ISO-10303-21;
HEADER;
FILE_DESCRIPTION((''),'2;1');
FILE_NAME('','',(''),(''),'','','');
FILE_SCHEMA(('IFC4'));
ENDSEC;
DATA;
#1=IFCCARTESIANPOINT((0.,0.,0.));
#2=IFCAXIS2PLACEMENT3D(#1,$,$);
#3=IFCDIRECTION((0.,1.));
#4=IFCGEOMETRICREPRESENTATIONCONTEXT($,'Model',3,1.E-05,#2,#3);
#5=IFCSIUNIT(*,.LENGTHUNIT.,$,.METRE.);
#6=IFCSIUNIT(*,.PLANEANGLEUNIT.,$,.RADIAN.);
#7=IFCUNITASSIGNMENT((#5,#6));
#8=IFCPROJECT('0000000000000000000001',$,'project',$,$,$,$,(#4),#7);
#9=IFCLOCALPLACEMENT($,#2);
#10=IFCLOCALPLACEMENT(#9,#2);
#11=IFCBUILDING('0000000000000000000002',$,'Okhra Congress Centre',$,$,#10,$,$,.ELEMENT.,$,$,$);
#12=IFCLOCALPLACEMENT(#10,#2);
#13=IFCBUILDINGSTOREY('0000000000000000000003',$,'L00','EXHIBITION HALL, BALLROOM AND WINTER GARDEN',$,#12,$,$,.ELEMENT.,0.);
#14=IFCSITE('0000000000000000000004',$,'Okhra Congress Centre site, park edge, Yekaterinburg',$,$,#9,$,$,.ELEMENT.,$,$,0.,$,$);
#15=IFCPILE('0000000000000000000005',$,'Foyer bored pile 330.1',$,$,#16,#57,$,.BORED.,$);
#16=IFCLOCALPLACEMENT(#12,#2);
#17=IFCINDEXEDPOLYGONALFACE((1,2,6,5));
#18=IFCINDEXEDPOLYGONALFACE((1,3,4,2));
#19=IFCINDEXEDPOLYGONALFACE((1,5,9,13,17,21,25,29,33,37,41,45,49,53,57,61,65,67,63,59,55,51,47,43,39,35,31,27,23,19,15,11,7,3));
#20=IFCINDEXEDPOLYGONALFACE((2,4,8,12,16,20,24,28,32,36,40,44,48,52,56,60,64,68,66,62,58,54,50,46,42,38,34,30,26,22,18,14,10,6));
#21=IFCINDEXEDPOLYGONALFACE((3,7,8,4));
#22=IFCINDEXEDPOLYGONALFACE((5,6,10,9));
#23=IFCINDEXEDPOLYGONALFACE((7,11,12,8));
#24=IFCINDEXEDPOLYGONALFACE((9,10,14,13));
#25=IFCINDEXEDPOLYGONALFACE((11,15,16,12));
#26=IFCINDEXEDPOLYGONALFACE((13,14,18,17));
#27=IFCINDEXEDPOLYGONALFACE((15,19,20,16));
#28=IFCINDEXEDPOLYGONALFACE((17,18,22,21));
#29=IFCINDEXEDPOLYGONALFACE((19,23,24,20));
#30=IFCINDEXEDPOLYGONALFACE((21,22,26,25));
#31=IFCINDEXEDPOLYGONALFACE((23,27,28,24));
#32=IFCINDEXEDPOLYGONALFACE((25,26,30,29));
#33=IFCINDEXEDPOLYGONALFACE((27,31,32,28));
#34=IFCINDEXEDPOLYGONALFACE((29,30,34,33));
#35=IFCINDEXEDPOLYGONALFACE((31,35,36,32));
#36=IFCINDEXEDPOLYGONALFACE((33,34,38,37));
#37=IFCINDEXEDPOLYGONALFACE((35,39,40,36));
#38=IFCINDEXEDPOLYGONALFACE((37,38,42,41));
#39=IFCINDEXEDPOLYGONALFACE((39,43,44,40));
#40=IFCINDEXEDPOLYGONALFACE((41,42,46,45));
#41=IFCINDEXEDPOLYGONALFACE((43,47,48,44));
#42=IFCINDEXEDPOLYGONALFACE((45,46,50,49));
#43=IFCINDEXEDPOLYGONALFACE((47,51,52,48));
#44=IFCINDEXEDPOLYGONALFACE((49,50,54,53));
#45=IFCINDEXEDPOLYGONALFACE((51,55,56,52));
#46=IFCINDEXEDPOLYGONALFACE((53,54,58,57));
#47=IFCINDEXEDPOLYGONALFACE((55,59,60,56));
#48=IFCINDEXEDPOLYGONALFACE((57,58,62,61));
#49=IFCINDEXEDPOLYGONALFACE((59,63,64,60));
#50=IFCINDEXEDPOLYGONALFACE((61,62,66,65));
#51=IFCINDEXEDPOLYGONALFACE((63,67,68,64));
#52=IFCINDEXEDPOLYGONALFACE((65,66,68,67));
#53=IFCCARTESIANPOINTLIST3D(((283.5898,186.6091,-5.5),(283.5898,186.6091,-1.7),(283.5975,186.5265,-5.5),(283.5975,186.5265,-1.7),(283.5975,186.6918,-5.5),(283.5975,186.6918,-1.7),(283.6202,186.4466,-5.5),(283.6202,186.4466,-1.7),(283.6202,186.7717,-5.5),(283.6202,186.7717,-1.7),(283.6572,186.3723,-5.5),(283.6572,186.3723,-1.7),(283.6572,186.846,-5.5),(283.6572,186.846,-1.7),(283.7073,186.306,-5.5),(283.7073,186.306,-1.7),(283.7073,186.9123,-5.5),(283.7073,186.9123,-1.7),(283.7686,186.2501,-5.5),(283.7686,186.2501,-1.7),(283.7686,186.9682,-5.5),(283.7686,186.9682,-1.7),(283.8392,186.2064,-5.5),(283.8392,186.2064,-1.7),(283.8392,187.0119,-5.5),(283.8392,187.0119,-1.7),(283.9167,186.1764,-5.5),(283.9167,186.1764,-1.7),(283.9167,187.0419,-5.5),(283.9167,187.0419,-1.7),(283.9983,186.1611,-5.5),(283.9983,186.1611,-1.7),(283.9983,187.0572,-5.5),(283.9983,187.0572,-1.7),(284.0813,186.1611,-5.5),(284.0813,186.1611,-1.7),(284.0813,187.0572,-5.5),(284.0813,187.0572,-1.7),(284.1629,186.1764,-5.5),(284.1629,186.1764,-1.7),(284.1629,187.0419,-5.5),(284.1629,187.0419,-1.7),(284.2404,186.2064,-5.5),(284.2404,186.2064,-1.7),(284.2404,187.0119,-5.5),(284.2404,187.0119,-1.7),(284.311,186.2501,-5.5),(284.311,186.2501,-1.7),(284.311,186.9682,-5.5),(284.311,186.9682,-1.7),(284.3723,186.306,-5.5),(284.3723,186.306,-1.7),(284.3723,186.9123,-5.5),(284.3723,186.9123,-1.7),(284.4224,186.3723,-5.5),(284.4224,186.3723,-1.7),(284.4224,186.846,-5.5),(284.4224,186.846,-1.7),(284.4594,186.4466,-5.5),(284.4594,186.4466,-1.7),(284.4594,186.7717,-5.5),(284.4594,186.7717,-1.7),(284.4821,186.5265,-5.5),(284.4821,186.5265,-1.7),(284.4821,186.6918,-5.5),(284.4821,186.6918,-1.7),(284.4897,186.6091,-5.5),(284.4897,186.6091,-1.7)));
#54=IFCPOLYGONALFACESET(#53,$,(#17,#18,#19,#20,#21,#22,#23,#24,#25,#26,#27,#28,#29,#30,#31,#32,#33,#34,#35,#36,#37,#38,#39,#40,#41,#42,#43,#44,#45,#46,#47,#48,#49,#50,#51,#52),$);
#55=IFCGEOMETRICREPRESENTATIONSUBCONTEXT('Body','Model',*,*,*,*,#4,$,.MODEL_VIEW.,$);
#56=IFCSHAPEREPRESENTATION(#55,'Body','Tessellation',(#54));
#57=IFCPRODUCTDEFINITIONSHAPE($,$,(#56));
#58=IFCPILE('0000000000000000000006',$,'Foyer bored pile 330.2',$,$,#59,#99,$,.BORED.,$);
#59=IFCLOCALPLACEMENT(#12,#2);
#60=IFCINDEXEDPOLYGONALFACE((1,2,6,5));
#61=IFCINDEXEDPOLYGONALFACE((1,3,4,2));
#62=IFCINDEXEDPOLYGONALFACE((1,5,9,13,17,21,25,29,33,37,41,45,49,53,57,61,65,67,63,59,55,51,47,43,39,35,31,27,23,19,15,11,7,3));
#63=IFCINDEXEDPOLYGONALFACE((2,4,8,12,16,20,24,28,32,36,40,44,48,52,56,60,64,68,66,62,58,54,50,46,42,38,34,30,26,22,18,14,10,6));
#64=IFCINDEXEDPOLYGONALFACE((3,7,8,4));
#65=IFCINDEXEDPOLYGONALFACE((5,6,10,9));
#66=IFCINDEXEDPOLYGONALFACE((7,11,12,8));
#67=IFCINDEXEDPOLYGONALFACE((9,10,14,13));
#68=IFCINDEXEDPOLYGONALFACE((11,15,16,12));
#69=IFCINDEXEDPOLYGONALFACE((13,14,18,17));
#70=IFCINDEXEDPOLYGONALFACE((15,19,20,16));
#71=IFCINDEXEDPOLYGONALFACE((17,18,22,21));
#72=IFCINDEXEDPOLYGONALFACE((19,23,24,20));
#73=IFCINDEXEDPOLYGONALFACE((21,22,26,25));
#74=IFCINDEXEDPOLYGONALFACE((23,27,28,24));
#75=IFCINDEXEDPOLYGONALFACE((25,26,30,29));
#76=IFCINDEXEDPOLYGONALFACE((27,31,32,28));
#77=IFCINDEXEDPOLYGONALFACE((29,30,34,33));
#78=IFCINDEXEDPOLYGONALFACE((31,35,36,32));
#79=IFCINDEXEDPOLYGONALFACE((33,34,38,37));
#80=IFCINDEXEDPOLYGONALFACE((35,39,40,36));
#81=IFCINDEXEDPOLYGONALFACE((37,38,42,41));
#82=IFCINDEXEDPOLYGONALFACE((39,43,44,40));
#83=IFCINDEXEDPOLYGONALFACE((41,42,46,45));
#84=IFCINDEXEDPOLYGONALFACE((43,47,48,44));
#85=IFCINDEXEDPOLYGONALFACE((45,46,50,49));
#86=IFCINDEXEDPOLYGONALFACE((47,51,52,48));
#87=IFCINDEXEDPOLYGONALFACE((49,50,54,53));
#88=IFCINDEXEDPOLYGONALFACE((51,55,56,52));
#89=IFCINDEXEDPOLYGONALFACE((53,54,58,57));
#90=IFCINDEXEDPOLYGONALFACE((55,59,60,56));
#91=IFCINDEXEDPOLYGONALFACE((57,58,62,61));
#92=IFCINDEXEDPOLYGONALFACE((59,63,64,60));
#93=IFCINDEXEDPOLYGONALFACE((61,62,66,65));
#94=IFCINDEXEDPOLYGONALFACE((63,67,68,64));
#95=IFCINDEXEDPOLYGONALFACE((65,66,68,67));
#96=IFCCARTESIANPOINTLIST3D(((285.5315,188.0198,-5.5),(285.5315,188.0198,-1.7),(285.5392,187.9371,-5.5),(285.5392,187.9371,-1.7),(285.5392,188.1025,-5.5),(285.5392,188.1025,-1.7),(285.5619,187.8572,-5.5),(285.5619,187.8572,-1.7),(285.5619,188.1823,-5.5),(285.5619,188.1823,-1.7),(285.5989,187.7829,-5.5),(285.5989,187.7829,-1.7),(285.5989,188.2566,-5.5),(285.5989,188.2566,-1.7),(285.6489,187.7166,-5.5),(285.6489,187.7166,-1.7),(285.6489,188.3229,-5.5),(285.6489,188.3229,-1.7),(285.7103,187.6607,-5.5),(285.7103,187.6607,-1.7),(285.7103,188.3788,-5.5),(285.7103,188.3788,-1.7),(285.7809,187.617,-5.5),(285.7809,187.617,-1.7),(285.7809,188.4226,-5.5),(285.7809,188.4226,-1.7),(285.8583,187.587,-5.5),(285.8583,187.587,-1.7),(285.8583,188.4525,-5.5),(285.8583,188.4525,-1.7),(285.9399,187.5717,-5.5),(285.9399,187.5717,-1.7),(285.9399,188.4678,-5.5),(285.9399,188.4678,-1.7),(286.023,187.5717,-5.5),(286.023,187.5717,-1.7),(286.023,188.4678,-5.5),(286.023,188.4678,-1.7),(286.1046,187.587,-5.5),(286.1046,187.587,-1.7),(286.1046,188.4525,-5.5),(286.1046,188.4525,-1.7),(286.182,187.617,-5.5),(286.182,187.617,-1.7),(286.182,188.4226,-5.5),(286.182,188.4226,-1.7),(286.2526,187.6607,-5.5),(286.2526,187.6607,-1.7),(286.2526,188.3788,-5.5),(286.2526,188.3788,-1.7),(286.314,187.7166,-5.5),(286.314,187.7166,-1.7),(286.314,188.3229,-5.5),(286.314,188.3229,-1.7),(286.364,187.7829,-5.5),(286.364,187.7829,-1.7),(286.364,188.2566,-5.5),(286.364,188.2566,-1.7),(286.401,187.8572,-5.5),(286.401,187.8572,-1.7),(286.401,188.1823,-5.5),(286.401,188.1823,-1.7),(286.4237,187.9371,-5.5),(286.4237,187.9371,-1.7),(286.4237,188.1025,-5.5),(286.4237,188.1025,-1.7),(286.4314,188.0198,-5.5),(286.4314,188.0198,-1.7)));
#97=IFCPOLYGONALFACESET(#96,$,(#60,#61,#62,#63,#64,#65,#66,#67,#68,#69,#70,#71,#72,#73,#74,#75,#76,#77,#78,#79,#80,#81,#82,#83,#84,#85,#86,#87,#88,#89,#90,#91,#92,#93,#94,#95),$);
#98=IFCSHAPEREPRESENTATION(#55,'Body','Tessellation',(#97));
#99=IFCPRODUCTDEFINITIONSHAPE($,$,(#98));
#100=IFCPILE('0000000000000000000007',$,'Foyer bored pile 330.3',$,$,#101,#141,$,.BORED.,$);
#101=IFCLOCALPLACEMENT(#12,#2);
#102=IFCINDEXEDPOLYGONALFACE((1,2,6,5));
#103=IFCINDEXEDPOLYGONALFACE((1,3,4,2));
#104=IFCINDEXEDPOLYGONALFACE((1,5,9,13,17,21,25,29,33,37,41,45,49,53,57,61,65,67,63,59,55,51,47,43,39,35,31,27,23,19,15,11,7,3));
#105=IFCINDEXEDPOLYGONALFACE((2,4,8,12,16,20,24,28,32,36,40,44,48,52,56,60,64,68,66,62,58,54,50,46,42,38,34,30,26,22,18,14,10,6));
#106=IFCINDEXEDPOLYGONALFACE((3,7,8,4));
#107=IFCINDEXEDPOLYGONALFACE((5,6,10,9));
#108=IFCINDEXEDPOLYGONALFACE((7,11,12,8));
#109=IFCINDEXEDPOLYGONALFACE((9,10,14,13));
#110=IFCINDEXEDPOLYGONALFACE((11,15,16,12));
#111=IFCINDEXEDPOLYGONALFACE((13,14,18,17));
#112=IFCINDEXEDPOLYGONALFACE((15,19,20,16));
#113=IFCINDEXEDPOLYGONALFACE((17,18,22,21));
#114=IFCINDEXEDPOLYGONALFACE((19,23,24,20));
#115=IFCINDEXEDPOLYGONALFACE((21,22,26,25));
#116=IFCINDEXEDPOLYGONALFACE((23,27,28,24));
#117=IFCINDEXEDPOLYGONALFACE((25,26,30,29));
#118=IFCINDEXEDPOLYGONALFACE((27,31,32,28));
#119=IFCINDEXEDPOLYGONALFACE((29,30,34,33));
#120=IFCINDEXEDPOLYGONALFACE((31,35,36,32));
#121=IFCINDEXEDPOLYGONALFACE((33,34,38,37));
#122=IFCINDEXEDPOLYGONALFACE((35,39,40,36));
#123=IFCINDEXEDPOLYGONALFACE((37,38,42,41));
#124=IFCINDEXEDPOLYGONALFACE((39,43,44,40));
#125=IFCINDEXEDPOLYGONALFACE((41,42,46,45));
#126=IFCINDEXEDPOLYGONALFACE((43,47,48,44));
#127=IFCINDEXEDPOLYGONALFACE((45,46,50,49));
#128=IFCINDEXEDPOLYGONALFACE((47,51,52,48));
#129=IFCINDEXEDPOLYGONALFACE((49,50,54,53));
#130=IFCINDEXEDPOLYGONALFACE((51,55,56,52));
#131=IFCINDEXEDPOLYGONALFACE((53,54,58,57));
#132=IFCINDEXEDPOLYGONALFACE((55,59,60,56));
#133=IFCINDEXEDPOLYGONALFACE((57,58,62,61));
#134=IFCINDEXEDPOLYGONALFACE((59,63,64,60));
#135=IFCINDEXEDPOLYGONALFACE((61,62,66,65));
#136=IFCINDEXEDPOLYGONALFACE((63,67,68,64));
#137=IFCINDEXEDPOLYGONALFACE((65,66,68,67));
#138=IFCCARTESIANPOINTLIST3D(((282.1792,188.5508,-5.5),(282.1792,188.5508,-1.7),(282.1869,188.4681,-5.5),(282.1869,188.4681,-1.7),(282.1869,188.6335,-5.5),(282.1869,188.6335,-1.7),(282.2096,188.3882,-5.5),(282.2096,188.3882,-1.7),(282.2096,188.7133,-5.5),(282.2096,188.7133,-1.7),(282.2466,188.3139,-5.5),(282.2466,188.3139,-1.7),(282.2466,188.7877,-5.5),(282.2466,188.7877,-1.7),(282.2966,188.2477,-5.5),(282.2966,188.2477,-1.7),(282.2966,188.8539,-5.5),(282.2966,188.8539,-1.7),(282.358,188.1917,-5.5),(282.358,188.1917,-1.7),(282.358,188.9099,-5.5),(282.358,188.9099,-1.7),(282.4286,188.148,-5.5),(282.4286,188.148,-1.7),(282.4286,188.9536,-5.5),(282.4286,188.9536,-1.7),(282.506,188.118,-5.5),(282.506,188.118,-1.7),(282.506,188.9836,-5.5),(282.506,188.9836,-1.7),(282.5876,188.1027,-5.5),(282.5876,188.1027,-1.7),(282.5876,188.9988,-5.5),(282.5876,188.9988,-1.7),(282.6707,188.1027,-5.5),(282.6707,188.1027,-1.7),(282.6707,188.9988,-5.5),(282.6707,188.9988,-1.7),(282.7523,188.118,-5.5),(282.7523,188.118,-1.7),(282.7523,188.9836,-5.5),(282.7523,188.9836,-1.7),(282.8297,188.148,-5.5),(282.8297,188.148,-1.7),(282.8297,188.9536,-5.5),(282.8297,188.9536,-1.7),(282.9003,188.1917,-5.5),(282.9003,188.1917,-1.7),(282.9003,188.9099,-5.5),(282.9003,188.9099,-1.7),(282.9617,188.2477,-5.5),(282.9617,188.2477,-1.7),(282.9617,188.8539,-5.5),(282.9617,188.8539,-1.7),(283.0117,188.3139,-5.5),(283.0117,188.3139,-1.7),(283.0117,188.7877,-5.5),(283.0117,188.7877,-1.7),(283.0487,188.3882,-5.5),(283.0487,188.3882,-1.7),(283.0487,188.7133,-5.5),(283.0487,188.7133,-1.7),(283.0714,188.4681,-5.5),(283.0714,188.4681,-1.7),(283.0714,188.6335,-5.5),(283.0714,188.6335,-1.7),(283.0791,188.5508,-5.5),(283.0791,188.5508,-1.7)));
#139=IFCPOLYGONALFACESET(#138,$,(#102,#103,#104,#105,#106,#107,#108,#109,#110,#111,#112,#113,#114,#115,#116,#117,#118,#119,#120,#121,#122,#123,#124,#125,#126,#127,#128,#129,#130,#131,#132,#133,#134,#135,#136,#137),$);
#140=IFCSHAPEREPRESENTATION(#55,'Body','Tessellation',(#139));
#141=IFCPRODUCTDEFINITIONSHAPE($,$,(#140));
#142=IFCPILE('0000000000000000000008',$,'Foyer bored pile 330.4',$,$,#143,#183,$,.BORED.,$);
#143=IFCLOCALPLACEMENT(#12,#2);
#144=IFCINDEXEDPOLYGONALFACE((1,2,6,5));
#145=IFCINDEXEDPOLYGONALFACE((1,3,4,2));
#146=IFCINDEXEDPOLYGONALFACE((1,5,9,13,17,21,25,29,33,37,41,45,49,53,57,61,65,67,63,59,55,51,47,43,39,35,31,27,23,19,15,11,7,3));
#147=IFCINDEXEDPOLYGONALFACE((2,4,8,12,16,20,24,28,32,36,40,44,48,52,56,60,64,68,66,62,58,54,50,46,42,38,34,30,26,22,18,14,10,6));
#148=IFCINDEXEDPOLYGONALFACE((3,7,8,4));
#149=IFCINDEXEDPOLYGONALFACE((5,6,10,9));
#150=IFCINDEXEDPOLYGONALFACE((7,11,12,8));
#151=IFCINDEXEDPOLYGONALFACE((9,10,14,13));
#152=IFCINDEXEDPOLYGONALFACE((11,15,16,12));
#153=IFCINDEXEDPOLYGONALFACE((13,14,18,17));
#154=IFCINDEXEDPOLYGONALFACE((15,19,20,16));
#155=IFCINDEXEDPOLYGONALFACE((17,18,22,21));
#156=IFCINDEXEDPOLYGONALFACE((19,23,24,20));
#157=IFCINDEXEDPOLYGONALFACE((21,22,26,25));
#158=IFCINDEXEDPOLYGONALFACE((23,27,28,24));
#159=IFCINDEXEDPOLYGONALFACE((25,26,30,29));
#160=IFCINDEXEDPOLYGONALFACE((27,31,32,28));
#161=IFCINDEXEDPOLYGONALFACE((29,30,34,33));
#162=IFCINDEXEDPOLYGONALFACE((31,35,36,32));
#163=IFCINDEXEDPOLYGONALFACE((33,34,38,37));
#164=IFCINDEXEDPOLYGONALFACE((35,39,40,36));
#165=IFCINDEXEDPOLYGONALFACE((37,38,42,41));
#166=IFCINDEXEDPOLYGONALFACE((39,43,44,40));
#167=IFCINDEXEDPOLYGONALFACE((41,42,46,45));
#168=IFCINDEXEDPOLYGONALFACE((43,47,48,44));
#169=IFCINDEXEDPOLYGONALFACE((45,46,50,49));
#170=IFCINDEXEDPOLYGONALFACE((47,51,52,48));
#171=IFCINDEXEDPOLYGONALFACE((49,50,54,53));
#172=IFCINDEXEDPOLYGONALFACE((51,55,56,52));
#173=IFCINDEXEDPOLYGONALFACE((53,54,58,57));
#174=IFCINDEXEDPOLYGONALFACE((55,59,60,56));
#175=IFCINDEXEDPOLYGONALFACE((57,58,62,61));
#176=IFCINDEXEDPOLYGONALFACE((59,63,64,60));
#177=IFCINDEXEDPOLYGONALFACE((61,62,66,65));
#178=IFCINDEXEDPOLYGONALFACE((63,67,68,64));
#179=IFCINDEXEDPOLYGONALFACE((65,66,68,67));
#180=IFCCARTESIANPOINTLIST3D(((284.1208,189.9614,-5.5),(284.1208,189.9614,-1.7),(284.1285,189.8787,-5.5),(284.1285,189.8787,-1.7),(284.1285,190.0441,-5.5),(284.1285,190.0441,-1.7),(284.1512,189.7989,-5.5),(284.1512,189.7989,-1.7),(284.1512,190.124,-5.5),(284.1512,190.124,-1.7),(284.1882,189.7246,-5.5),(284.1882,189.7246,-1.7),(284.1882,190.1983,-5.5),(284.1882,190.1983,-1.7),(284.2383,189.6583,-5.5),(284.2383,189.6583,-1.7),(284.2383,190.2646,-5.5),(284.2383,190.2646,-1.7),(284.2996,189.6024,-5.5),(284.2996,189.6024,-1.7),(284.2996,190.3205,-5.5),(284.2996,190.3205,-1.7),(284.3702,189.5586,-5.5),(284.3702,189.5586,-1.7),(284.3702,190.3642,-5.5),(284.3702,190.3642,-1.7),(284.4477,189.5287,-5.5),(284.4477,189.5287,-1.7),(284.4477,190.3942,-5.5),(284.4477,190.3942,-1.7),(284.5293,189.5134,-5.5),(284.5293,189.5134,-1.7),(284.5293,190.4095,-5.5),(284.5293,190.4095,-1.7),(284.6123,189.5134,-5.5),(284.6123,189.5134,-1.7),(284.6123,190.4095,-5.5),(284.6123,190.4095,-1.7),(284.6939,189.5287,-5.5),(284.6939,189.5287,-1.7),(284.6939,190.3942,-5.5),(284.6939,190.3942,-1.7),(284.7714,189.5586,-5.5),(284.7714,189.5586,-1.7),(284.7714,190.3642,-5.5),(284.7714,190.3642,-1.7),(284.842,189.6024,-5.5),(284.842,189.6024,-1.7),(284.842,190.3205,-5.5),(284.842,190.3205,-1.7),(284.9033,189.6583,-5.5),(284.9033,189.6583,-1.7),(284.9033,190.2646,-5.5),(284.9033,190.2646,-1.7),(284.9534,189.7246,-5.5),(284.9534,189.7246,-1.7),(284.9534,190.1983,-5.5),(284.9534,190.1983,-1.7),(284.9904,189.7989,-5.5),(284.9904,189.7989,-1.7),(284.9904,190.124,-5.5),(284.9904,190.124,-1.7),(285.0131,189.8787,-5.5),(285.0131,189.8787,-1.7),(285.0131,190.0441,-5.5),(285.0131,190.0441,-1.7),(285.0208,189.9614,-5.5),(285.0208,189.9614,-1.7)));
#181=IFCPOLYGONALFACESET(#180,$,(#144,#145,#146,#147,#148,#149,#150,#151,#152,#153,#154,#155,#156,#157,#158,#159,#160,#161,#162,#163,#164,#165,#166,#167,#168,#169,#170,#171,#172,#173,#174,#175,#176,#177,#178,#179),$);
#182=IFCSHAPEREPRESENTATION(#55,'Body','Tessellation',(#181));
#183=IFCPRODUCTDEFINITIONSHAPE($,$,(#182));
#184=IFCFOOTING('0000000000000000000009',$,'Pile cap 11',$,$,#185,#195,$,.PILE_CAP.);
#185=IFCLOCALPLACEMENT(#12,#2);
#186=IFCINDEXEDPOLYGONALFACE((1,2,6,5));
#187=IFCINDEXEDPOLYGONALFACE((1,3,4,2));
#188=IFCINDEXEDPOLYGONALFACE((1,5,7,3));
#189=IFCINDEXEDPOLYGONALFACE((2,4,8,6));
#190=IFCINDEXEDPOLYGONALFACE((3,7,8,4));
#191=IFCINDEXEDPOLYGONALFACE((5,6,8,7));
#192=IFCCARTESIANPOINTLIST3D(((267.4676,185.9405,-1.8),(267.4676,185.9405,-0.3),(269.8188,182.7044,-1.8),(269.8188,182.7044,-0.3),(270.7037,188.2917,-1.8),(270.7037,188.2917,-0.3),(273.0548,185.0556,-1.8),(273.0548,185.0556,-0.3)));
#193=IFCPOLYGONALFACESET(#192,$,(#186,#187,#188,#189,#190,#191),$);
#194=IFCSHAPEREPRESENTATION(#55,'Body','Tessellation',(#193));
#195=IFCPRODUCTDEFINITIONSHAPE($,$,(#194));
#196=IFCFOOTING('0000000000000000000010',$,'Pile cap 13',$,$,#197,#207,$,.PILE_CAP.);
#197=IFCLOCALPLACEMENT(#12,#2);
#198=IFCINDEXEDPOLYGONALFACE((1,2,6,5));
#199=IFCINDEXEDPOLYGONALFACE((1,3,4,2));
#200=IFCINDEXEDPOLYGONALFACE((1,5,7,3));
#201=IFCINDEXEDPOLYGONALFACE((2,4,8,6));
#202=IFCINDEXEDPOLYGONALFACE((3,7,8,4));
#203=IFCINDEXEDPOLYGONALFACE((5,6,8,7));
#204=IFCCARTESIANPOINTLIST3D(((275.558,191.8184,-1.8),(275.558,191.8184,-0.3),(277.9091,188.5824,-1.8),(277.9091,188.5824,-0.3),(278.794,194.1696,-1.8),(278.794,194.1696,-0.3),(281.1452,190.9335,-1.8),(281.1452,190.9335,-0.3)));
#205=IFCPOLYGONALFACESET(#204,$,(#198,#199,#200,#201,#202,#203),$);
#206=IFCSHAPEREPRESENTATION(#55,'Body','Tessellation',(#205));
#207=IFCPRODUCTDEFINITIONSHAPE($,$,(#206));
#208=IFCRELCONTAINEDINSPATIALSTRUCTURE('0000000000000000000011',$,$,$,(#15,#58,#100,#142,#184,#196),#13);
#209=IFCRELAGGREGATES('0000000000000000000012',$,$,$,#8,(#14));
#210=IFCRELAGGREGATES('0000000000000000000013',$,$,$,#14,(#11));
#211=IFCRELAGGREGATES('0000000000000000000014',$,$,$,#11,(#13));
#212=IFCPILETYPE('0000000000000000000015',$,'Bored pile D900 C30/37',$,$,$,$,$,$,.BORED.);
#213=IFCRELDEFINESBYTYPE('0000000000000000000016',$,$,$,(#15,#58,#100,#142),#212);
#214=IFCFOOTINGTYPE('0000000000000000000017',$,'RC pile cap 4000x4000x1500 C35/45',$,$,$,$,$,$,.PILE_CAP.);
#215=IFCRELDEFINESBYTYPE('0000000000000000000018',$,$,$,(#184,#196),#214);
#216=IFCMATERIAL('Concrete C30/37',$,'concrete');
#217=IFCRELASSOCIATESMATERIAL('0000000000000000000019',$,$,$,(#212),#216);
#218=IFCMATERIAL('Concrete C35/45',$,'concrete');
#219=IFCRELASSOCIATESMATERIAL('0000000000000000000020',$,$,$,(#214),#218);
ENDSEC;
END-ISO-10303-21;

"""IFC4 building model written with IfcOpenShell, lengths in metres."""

from ifc_helpers import new_model, si_unit, direction, frame, origin, origin_2d, place, context, subcontext, project, spatial, rectangle, circle, extrude, material, material_profile, profile_set, type_object, element, save


model = new_model("IFC4")

# Units and contexts
model_context = context("Model", 3, precision=1e-05, world=origin(), true_north=direction((0.0, 1.0)))
body_context = subcontext(model_context, "Body", "Model", "MODEL_VIEW")
ifc_project = project(units=[si_unit("LENGTHUNIT", "METRE"), si_unit("PLANEANGLEUNIT", "RADIAN")], contexts=[model_context])

# Site, building, storey
site_placement = place(None, origin())
site = spatial("IfcSite", under=ifc_project, at=site_placement, Name="Okhra Congress Centre site, park edge, Yekaterinburg", CompositionType="ELEMENT", RefElevation=0.0)
building_placement = place(site_placement, origin())
building = spatial("IfcBuilding", under=site, at=building_placement, Name="Okhra Congress Centre", CompositionType="ELEMENT")
storey_placement = place(building_placement, origin())
storey = spatial("IfcBuildingStorey", under=building, at=storey_placement, Name="L00", Description="EXHIBITION HALL, BALLROOM AND WINTER GARDEN", CompositionType="ELEMENT", Elevation=0.0)

# Piles
ifc_material_1 = material(Name="Concrete C30/37", Category="concrete")
ifc_material_profile_1 = material_profile(ifc_material_1, circle(Radius=0.45, at=origin_2d()), Name="D900")
ifc_profile_set_1 = profile_set([ifc_material_profile_1], Name="Concrete C30/37")
pile_type = type_object("IfcPileType", Name="Bored pile D900 C30/37", PredefinedType="BORED", material=ifc_profile_set_1)
for number, where, z_axis, x_axis, name in (
    (1, (284.0398, 186.6091, -1.7), (0.0, 0.0, -1.0), (1.0, 0.0, 0.0), "Foyer bored pile 330.1"),
    (2, (285.9814, 188.0198, -1.7), (0.0, 0.0, -1.0), (1.0, 0.0, 0.0), "Foyer bored pile 330.2"),
    (3, (282.6292, 188.5508, -1.7), (0.0, 0.0, -1.0), (1.0, 0.0, 0.0), "Foyer bored pile 330.3"),
    (4, (284.5708, 189.9614, -1.7), (0.0, 0.0, -1.0), (1.0, 0.0, 0.0), "Foyer bored pile 330.4"),
):
    element("IfcPile", number, at=place(storey_placement, frame(where, z_axis=z_axis, x_axis=x_axis)), inside=storey, type_object=pile_type, Name=name, PredefinedType="BORED", context=body_context, shape_type="SweptSolid", body=[
        extrude(circle(Radius=0.45, at=origin_2d()), origin(), (0.0, 0.0, 1.0), 3.8),
    ])

# Footings
ifc_material_2 = material(Name="Concrete C35/45", Category="concrete")
footing_type_1 = type_object("IfcFootingType", Name="RC pile cap 4000x4000x1500 C35/45", PredefinedType="PILE_CAP", material=ifc_material_2)
for number, where, z_axis, x_axis, name in (
    (5, (270.2612, 185.498, -1.8), (0.0, 0.0, 1.0), (0.809017, 0.587785, 0.0), "Pile cap 11"),
    (6, (278.3516, 191.376, -1.8), (0.0, 0.0, 1.0), (0.809017, 0.587785, 0.0), "Pile cap 13"),
):
    element("IfcFooting", number, at=place(storey_placement, frame(where, z_axis=z_axis, x_axis=x_axis)), inside=storey, type_object=footing_type_1, Name=name, PredefinedType="PILE_CAP", context=body_context, shape_type="SweptSolid", body=[
        extrude(rectangle(XDim=4.0, YDim=4.0, at=origin_2d()), origin(), (0.0, 0.0, 1.0), 1.5),
    ])

save(model, "model.ifc")
